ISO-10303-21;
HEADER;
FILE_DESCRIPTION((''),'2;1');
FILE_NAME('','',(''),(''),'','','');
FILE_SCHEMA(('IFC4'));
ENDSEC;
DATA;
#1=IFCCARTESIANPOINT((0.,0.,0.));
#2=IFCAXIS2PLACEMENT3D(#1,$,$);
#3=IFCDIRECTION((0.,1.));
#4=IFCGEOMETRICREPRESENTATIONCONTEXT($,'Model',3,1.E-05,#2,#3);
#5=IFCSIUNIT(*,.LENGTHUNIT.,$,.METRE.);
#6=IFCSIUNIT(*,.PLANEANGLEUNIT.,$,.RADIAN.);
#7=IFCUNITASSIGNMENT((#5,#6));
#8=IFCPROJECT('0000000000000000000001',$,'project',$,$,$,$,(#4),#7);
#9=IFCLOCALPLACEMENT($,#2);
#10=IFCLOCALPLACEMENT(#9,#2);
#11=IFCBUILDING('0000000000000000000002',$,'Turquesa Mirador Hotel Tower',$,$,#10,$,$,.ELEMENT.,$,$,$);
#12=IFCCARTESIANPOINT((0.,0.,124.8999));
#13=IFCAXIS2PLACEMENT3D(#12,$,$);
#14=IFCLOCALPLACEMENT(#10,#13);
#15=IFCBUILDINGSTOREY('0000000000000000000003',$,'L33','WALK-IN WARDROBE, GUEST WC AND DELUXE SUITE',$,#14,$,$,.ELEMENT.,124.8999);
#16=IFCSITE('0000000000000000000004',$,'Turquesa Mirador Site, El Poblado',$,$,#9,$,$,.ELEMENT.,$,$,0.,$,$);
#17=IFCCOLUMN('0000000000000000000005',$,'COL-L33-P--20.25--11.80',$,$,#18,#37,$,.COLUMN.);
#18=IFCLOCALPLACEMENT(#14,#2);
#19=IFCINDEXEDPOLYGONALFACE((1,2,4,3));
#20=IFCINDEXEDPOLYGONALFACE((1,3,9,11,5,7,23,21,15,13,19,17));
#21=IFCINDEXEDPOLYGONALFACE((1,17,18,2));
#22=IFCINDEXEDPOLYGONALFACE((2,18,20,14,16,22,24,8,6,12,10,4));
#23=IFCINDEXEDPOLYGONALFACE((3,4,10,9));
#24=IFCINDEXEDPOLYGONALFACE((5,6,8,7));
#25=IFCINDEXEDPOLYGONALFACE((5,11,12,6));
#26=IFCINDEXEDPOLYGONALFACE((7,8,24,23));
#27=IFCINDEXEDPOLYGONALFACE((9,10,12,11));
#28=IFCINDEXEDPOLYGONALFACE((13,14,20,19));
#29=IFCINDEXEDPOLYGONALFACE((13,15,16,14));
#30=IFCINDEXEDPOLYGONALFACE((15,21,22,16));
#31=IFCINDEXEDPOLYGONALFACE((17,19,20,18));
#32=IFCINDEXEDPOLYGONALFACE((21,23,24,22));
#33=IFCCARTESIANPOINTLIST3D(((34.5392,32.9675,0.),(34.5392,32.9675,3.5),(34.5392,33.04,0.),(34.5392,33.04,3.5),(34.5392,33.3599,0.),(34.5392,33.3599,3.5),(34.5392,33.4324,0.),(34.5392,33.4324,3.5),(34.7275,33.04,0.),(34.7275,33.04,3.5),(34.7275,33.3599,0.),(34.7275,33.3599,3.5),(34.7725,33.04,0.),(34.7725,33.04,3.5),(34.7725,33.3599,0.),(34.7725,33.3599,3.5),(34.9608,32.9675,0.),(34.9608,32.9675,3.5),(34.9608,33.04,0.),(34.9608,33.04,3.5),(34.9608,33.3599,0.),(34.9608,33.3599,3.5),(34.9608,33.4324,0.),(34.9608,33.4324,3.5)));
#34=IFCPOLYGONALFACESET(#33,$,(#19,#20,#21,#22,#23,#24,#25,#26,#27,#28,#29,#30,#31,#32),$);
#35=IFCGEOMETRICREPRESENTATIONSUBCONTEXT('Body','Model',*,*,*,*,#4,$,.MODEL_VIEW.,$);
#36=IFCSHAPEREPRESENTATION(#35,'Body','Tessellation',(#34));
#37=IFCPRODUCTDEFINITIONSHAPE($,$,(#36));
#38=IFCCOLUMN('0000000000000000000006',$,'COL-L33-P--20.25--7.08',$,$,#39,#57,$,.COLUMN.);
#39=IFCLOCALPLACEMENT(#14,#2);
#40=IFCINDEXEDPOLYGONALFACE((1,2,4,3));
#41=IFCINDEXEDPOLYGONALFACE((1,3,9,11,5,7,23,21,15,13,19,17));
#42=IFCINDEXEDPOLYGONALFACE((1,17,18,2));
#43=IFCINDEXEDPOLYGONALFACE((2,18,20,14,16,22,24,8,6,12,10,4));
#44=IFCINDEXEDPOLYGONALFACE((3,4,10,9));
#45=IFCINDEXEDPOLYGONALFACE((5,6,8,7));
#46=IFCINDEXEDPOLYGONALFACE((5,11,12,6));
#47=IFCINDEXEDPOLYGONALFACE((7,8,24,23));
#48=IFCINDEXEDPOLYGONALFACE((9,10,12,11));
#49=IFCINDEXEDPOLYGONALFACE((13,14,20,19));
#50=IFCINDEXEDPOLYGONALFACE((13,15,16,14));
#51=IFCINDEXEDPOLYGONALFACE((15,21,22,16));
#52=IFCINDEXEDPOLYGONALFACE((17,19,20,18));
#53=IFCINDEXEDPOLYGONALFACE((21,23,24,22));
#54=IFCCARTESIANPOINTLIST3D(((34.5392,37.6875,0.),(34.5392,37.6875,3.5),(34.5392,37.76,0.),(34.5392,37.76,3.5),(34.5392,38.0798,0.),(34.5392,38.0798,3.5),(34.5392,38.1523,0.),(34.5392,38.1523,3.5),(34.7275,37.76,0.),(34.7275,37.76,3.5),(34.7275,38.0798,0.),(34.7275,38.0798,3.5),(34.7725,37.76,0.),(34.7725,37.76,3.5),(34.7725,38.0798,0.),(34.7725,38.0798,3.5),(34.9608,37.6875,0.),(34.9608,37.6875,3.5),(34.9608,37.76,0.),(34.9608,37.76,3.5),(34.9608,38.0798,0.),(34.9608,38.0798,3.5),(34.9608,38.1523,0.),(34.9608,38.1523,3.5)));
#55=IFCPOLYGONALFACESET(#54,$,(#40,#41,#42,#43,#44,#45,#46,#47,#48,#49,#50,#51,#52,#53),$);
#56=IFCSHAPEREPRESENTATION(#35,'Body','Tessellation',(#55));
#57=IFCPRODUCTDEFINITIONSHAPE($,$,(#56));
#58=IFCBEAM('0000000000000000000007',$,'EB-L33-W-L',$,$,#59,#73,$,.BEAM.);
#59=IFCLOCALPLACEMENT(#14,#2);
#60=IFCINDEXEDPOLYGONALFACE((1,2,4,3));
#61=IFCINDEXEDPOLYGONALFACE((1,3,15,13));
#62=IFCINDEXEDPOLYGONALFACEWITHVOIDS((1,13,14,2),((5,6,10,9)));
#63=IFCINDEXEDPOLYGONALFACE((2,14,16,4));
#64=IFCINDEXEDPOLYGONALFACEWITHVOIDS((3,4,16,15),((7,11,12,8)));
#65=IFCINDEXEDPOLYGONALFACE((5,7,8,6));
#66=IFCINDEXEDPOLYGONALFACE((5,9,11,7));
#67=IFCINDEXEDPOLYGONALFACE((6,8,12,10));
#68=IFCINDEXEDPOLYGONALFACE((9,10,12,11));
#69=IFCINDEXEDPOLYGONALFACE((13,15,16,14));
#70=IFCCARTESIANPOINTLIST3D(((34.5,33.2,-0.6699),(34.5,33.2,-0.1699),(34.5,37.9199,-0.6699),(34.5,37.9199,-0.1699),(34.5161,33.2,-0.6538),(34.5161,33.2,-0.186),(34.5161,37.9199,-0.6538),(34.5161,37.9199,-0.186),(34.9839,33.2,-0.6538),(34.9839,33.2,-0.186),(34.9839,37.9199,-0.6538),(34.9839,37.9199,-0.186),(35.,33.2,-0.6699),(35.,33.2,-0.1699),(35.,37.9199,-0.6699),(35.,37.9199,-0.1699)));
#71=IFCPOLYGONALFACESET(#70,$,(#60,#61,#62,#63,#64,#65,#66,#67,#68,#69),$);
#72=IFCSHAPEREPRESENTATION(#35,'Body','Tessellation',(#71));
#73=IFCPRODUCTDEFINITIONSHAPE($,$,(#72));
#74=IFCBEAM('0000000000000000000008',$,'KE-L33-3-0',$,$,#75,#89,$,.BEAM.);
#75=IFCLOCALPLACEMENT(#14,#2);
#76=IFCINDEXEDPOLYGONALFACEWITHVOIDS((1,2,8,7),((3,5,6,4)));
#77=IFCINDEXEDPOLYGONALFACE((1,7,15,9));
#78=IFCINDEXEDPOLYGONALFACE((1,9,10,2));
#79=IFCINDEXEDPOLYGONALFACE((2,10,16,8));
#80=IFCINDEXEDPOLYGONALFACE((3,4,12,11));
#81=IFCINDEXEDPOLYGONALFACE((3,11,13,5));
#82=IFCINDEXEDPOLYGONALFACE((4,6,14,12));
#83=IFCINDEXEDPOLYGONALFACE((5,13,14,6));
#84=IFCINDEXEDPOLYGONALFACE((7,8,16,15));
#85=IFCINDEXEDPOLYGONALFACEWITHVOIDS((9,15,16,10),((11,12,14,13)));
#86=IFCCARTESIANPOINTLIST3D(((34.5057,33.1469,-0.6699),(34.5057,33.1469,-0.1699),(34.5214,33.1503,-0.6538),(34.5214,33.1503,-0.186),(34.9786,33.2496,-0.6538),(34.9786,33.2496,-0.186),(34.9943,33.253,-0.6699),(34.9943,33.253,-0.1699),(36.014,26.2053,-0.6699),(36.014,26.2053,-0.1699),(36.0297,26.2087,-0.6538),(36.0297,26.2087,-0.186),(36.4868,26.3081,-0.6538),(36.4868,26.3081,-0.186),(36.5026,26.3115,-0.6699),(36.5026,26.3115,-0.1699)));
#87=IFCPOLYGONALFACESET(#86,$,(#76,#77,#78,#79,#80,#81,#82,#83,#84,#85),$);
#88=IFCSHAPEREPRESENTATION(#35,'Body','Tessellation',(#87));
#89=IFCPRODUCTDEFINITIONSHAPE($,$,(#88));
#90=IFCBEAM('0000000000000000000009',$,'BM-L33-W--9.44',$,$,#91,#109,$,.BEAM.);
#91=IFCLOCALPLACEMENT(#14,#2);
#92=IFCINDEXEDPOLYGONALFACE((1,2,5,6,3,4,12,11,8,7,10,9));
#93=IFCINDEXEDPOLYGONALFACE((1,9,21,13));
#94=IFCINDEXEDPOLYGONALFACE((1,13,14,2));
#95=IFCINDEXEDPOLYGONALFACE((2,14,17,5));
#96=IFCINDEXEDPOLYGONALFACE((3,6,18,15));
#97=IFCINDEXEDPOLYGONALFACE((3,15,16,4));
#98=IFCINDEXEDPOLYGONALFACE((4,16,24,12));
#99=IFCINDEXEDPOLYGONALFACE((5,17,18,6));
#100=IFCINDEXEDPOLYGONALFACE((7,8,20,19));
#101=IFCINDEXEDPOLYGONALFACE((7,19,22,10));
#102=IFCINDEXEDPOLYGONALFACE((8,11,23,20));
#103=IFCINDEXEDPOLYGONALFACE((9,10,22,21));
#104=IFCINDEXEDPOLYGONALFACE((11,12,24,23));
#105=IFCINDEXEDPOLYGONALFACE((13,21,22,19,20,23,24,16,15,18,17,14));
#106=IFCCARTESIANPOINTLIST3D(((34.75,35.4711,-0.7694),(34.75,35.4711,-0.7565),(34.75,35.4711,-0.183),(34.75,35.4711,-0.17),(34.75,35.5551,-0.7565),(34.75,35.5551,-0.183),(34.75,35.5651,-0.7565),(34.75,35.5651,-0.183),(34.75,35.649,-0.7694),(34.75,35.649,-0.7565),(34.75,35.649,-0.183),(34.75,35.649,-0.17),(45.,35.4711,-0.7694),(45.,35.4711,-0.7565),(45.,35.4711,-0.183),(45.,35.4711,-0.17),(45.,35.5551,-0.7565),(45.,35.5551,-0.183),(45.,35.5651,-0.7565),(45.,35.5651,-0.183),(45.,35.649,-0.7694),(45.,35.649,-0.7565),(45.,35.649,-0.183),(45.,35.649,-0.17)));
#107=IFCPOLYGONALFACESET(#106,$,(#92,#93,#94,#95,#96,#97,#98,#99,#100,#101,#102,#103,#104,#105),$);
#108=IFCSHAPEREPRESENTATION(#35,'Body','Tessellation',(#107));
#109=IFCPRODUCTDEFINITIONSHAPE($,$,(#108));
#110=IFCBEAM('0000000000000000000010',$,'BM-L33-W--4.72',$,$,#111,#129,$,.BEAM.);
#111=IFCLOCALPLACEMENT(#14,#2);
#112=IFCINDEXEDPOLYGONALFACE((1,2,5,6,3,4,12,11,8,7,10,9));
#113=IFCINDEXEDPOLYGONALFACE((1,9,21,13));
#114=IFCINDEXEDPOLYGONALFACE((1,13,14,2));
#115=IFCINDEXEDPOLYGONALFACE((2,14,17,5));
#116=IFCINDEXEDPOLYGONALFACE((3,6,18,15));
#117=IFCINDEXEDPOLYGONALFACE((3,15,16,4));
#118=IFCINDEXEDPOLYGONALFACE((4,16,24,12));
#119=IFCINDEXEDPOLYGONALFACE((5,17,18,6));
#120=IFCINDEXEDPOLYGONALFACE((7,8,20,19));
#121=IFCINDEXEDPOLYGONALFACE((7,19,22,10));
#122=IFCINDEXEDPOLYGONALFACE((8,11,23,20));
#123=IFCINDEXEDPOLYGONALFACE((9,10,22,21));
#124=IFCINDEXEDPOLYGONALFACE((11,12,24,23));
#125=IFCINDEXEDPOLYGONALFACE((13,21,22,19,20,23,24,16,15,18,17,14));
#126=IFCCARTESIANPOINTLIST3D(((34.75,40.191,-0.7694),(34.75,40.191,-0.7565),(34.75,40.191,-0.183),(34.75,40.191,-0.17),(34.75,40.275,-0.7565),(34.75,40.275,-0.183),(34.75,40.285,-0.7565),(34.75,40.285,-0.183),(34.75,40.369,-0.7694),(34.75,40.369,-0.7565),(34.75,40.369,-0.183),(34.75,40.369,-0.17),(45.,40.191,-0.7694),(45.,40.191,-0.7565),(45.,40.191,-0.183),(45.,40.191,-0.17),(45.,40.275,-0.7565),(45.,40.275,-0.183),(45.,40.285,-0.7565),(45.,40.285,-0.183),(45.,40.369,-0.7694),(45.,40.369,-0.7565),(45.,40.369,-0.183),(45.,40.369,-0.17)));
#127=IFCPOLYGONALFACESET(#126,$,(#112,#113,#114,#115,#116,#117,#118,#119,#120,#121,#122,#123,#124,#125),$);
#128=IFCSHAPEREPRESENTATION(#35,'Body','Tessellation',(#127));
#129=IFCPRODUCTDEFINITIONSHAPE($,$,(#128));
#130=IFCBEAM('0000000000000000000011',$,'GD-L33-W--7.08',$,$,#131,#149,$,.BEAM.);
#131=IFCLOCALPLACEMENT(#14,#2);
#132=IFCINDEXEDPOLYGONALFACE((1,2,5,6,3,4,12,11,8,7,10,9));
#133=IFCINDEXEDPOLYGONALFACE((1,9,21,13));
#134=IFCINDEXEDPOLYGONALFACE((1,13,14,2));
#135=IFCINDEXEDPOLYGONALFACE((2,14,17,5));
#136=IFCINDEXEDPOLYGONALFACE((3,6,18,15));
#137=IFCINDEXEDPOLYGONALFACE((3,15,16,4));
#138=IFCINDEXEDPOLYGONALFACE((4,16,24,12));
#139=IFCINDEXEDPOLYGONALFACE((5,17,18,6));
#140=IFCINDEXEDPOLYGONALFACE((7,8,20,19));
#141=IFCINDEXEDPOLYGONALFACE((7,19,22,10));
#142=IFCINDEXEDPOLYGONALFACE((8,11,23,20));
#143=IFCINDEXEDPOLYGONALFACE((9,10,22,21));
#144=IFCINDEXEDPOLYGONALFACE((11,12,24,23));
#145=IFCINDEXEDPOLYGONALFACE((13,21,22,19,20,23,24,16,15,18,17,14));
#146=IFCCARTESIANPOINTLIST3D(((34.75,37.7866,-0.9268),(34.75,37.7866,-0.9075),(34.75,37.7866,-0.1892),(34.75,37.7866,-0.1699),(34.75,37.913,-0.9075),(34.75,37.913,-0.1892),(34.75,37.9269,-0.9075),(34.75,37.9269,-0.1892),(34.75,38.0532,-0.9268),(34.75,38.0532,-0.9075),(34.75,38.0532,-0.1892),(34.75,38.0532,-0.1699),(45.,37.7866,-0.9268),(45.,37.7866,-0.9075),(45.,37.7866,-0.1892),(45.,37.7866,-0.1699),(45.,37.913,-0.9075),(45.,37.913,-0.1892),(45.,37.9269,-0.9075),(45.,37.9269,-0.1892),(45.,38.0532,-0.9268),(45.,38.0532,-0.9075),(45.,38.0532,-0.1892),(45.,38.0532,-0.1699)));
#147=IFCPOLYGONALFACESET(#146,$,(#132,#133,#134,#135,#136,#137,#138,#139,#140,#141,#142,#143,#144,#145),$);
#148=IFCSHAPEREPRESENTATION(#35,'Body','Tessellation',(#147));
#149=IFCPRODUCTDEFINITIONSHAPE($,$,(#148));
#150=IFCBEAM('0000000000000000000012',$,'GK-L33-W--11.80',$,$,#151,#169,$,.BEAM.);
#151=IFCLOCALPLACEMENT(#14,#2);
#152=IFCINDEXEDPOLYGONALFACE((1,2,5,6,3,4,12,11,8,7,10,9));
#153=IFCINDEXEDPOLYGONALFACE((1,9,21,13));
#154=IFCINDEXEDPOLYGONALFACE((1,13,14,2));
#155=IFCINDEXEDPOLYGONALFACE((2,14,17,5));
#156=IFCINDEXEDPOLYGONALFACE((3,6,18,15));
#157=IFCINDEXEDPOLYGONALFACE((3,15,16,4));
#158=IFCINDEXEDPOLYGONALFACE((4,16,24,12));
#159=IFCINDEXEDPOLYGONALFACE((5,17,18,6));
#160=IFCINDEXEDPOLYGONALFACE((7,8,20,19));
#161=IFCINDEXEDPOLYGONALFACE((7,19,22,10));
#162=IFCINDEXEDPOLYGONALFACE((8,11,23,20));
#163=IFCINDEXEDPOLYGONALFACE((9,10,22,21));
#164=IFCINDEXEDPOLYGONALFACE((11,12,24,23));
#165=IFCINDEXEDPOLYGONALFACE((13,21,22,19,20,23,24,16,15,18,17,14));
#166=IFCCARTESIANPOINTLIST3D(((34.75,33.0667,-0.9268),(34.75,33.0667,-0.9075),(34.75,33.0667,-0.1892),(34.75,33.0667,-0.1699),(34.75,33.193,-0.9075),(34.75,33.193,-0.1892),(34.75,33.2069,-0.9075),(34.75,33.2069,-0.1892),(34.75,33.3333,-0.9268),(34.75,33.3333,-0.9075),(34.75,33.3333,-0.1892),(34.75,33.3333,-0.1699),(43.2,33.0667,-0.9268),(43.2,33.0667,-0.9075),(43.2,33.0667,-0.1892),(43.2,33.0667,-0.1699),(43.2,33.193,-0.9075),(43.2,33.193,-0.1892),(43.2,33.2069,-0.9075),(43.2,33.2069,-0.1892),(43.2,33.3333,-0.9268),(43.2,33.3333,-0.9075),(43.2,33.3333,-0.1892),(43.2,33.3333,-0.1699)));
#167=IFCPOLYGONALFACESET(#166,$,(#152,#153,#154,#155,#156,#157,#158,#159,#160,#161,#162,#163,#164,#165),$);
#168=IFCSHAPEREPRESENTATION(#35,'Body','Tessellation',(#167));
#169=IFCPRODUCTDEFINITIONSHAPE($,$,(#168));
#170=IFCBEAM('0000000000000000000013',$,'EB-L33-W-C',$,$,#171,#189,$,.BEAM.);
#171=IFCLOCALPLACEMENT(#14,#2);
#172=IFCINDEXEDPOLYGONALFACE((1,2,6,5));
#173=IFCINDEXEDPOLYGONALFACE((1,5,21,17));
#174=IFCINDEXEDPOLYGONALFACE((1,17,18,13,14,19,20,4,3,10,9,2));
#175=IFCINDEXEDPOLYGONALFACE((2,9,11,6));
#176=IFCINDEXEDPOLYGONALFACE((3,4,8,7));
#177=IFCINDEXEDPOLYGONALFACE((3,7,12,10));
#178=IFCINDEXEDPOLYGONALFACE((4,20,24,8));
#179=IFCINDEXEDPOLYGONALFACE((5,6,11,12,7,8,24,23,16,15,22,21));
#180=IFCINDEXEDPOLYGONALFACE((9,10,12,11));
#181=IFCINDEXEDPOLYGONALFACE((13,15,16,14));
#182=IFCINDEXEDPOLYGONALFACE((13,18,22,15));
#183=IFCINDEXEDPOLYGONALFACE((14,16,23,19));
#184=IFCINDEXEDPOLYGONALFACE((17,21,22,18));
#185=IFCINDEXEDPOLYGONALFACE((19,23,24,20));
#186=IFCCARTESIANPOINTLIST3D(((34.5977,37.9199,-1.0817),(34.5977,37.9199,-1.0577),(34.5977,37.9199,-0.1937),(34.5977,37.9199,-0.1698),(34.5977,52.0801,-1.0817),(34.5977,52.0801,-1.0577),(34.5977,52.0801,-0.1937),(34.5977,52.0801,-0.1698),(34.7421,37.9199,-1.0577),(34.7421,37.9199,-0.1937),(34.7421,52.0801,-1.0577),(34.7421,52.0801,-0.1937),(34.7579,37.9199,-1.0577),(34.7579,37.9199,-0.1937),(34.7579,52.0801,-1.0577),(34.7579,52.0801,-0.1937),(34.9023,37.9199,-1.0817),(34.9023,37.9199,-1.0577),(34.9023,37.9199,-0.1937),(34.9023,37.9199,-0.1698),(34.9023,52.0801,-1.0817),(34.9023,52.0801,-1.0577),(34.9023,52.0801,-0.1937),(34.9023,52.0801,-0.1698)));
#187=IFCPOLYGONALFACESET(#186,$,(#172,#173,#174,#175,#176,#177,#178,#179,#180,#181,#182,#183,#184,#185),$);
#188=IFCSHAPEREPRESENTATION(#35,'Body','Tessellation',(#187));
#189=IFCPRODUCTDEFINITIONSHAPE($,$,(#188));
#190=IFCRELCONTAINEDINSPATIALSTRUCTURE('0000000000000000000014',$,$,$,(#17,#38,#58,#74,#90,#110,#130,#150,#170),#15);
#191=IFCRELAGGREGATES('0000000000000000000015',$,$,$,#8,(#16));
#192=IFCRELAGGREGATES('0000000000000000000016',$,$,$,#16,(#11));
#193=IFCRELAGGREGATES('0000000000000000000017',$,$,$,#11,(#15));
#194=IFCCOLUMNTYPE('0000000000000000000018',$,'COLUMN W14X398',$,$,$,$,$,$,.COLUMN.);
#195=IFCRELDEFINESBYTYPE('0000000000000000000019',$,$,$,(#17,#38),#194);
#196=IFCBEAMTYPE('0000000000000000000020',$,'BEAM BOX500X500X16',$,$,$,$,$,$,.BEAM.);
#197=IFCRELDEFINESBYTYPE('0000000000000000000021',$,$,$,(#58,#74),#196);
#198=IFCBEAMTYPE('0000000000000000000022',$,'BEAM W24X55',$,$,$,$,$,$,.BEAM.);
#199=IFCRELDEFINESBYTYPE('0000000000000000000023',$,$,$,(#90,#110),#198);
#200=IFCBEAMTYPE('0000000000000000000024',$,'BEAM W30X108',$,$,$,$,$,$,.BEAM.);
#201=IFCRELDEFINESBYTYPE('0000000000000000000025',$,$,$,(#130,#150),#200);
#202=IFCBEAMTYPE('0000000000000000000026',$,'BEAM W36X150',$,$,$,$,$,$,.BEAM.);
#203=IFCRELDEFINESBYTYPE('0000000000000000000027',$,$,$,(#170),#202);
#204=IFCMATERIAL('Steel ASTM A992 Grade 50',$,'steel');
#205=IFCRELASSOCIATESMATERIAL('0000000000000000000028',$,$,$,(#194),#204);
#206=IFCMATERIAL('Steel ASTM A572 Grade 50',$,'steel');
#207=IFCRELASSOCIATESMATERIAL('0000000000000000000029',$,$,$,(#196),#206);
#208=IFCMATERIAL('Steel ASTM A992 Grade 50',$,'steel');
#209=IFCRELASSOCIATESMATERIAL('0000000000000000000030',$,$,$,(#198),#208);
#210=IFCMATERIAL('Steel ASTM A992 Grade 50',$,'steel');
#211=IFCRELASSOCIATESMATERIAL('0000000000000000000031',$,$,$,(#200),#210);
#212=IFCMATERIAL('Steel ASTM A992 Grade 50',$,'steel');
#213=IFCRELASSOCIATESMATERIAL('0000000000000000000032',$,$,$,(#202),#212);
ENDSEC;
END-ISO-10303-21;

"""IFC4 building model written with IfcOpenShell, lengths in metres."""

from ifc_helpers import new_model, si_unit, direction, frame, origin, origin_2d, place, context, subcontext, project, spatial, hollow_rectangle, i_section, extrude, material, material_profile, profile_set, type_object, element, save


model = new_model("IFC4")

# Units and contexts
model_context = context("Model", 3, precision=1e-05, world=origin(), true_north=direction((0.0, 1.0)))
body_context = subcontext(model_context, "Body", "Model", "MODEL_VIEW")
ifc_project = project(units=[si_unit("LENGTHUNIT", "METRE"), si_unit("PLANEANGLEUNIT", "RADIAN")], contexts=[model_context])

# Site, building, storey
site_placement = place(None, origin())
site = spatial("IfcSite", under=ifc_project, at=site_placement, Name="Turquesa Mirador Site, El Poblado", CompositionType="ELEMENT", RefElevation=0.0)
building_placement = place(site_placement, origin())
building = spatial("IfcBuilding", under=site, at=building_placement, Name="Turquesa Mirador Hotel Tower", CompositionType="ELEMENT")
storey_placement = place(building_placement, frame((0.0, 0.0, 124.8999)))
storey = spatial("IfcBuildingStorey", under=building, at=storey_placement, Name="L33", Description="WALK-IN WARDROBE, GUEST WC AND DELUXE SUITE", CompositionType="ELEMENT", Elevation=124.8999)

# Columns
ifc_material_1 = material(Name="Steel ASTM A992 Grade 50", Category="steel")
ifc_material_profile_1 = material_profile(ifc_material_1, i_section(OverallWidth=0.4216, OverallDepth=0.4648, WebThickness=0.0449, FlangeThickness=0.0725, at=origin_2d()), Name="W14X398")
ifc_profile_set_1 = profile_set([ifc_material_profile_1], Name="Steel ASTM A992 Grade 50")
column_type = type_object("IfcColumnType", Name="COLUMN W14X398", PredefinedType="COLUMN", material=ifc_profile_set_1)
for number, where, z_axis, x_axis, name in (
    (1, (34.75, 33.2, 0.0), (0.0, 0.0, 1.0), (1.0, 0.0, 0.0), "COL-L33-P--20.25--11.80"),
    (2, (34.75, 37.9199, 0.0), (0.0, 0.0, 1.0), (1.0, 0.0, 0.0), "COL-L33-P--20.25--7.08"),
):
    element("IfcColumn", number, at=place(storey_placement, frame(where, z_axis=z_axis, x_axis=x_axis)), inside=storey, type_object=column_type, Name=name, PredefinedType="COLUMN", context=body_context, shape_type="SweptSolid", body=[
        extrude(i_section(OverallWidth=0.4216, OverallDepth=0.4648, WebThickness=0.0449, FlangeThickness=0.0725, at=origin_2d()), origin(), (0.0, 0.0, 1.0), 3.5),
    ])

# Beams
ifc_material_2 = material(Name="Steel ASTM A572 Grade 50", Category="steel")
ifc_material_profile_2 = material_profile(ifc_material_2, hollow_rectangle(XDim=0.5, YDim=0.5, WallThickness=0.0161, at=origin_2d()), Name="BOX500X500X16")
ifc_profile_set_2 = profile_set([ifc_material_profile_2], Name="Steel ASTM A572 Grade 50")
beam_type_1 = type_object("IfcBeamType", Name="BEAM BOX500X500X16", PredefinedType="BEAM", material=ifc_profile_set_2)
beam_1_placement = place(storey_placement, frame((34.75, 33.2, -0.4199), z_axis=(0.0, 1.0, 0.0), x_axis=(-1.0, 0.0, 0.0)))
element("IfcBeam", 3, at=beam_1_placement, inside=storey, type_object=beam_type_1, Name="EB-L33-W-L", PredefinedType="BEAM", context=body_context, shape_type="SweptSolid", body=[
    extrude(hollow_rectangle(XDim=0.5, YDim=0.5, WallThickness=0.0161, at=origin_2d()), origin(), (0.0, 0.0, 1.0), 4.72),
])
beam_2_placement = place(storey_placement, frame((34.75, 33.2, -0.4199), z_axis=(0.212328, -0.977198, 0.0), x_axis=(0.977198, 0.212328, 0.0)))
element("IfcBeam", 4, at=beam_2_placement, inside=storey, type_object=beam_type_1, Name="KE-L33-3-0", PredefinedType="BEAM", context=body_context, shape_type="SweptSolid", body=[
    extrude(hollow_rectangle(XDim=0.5, YDim=0.5, WallThickness=0.0161, at=origin_2d()), origin(), (0.0, 0.0, 1.0), 7.1035),
])
ifc_material_3 = material(Name="Steel ASTM A992 Grade 50", Category="steel")
ifc_material_profile_3 = material_profile(ifc_material_3, i_section(OverallWidth=0.178, OverallDepth=0.5994, WebThickness=0.01, FlangeThickness=0.0129, at=origin_2d()), Name="W24X55")
ifc_profile_set_3 = profile_set([ifc_material_profile_3], Name="Steel ASTM A992 Grade 50")
beam_type_2 = type_object("IfcBeamType", Name="BEAM W24X55", PredefinedType="BEAM", material=ifc_profile_set_3)
for number, where, z_axis, x_axis, name in (
    (5, (34.75, 35.5601, -0.4697), (1.0, 0.0, 0.0), (0.0, 1.0, 0.0), "BM-L33-W--9.44"),
    (6, (34.75, 40.28, -0.4697), (1.0, 0.0, 0.0), (0.0, 1.0, 0.0), "BM-L33-W--4.72"),
):
    element("IfcBeam", number, at=place(storey_placement, frame(where, z_axis=z_axis, x_axis=x_axis)), inside=storey, type_object=beam_type_2, Name=name, PredefinedType="BEAM", context=body_context, shape_type="SweptSolid", body=[
        extrude(i_section(OverallWidth=0.178, OverallDepth=0.5994, WebThickness=0.01, FlangeThickness=0.0129, at=origin_2d()), origin(), (0.0, 0.0, 1.0), 10.25),
    ])
ifc_material_4 = material(Name="Steel ASTM A992 Grade 50", Category="steel")
ifc_material_profile_4 = material_profile(ifc_material_4, i_section(OverallWidth=0.2666, OverallDepth=0.7568, WebThickness=0.0139, FlangeThickness=0.0193, at=origin_2d()), Name="W30X108")
ifc_profile_set_4 = profile_set([ifc_material_profile_4], Name="Steel ASTM A992 Grade 50")
beam_type_3 = type_object("IfcBeamType", Name="BEAM W30X108", PredefinedType="BEAM", material=ifc_profile_set_4)
beam_3_placement = place(storey_placement, frame((34.75, 37.9199, -0.5483), z_axis=(1.0, 0.0, 0.0), x_axis=(0.0, 1.0, 0.0)))
element("IfcBeam", 7, at=beam_3_placement, inside=storey, type_object=beam_type_3, Name="GD-L33-W--7.08", PredefinedType="BEAM", context=body_context, shape_type="SweptSolid", body=[
    extrude(i_section(OverallWidth=0.2666, OverallDepth=0.7568, WebThickness=0.0139, FlangeThickness=0.0193, at=origin_2d()), origin(), (0.0, 0.0, 1.0), 10.25),
])
beam_4_placement = place(storey_placement, frame((34.75, 33.2, -0.5483), z_axis=(1.0, 0.0, 0.0), x_axis=(0.0, 1.0, 0.0)))
element("IfcBeam", 8, at=beam_4_placement, inside=storey, type_object=beam_type_3, Name="GK-L33-W--11.80", PredefinedType="BEAM", context=body_context, shape_type="SweptSolid", body=[
    extrude(i_section(OverallWidth=0.2666, OverallDepth=0.7568, WebThickness=0.0139, FlangeThickness=0.0193, at=origin_2d()), origin(), (0.0, 0.0, 1.0), 8.45),
])
ifc_material_5 = material(Name="Steel ASTM A992 Grade 50", Category="steel")
ifc_material_profile_5 = material_profile(ifc_material_5, i_section(OverallWidth=0.3047, OverallDepth=0.9119, WebThickness=0.0159, FlangeThickness=0.0239, at=origin_2d()), Name="W36X150")
ifc_profile_set_5 = profile_set([ifc_material_profile_5], Name="Steel ASTM A992 Grade 50")
beam_type_4 = type_object("IfcBeamType", Name="BEAM W36X150", PredefinedType="BEAM", material=ifc_profile_set_5)
beam_5_placement = place(storey_placement, frame((34.75, 37.9199, -0.6257), z_axis=(0.0, 1.0, 0.0), x_axis=(-1.0, 0.0, 0.0)))
element("IfcBeam", 9, at=beam_5_placement, inside=storey, type_object=beam_type_4, Name="EB-L33-W-C", PredefinedType="BEAM", context=body_context, shape_type="SweptSolid", body=[
    extrude(i_section(OverallWidth=0.3047, OverallDepth=0.9119, WebThickness=0.0159, FlangeThickness=0.0239, at=origin_2d()), origin(), (0.0, 0.0, 1.0), 14.1602),
])

save(model, "model.ifc")
